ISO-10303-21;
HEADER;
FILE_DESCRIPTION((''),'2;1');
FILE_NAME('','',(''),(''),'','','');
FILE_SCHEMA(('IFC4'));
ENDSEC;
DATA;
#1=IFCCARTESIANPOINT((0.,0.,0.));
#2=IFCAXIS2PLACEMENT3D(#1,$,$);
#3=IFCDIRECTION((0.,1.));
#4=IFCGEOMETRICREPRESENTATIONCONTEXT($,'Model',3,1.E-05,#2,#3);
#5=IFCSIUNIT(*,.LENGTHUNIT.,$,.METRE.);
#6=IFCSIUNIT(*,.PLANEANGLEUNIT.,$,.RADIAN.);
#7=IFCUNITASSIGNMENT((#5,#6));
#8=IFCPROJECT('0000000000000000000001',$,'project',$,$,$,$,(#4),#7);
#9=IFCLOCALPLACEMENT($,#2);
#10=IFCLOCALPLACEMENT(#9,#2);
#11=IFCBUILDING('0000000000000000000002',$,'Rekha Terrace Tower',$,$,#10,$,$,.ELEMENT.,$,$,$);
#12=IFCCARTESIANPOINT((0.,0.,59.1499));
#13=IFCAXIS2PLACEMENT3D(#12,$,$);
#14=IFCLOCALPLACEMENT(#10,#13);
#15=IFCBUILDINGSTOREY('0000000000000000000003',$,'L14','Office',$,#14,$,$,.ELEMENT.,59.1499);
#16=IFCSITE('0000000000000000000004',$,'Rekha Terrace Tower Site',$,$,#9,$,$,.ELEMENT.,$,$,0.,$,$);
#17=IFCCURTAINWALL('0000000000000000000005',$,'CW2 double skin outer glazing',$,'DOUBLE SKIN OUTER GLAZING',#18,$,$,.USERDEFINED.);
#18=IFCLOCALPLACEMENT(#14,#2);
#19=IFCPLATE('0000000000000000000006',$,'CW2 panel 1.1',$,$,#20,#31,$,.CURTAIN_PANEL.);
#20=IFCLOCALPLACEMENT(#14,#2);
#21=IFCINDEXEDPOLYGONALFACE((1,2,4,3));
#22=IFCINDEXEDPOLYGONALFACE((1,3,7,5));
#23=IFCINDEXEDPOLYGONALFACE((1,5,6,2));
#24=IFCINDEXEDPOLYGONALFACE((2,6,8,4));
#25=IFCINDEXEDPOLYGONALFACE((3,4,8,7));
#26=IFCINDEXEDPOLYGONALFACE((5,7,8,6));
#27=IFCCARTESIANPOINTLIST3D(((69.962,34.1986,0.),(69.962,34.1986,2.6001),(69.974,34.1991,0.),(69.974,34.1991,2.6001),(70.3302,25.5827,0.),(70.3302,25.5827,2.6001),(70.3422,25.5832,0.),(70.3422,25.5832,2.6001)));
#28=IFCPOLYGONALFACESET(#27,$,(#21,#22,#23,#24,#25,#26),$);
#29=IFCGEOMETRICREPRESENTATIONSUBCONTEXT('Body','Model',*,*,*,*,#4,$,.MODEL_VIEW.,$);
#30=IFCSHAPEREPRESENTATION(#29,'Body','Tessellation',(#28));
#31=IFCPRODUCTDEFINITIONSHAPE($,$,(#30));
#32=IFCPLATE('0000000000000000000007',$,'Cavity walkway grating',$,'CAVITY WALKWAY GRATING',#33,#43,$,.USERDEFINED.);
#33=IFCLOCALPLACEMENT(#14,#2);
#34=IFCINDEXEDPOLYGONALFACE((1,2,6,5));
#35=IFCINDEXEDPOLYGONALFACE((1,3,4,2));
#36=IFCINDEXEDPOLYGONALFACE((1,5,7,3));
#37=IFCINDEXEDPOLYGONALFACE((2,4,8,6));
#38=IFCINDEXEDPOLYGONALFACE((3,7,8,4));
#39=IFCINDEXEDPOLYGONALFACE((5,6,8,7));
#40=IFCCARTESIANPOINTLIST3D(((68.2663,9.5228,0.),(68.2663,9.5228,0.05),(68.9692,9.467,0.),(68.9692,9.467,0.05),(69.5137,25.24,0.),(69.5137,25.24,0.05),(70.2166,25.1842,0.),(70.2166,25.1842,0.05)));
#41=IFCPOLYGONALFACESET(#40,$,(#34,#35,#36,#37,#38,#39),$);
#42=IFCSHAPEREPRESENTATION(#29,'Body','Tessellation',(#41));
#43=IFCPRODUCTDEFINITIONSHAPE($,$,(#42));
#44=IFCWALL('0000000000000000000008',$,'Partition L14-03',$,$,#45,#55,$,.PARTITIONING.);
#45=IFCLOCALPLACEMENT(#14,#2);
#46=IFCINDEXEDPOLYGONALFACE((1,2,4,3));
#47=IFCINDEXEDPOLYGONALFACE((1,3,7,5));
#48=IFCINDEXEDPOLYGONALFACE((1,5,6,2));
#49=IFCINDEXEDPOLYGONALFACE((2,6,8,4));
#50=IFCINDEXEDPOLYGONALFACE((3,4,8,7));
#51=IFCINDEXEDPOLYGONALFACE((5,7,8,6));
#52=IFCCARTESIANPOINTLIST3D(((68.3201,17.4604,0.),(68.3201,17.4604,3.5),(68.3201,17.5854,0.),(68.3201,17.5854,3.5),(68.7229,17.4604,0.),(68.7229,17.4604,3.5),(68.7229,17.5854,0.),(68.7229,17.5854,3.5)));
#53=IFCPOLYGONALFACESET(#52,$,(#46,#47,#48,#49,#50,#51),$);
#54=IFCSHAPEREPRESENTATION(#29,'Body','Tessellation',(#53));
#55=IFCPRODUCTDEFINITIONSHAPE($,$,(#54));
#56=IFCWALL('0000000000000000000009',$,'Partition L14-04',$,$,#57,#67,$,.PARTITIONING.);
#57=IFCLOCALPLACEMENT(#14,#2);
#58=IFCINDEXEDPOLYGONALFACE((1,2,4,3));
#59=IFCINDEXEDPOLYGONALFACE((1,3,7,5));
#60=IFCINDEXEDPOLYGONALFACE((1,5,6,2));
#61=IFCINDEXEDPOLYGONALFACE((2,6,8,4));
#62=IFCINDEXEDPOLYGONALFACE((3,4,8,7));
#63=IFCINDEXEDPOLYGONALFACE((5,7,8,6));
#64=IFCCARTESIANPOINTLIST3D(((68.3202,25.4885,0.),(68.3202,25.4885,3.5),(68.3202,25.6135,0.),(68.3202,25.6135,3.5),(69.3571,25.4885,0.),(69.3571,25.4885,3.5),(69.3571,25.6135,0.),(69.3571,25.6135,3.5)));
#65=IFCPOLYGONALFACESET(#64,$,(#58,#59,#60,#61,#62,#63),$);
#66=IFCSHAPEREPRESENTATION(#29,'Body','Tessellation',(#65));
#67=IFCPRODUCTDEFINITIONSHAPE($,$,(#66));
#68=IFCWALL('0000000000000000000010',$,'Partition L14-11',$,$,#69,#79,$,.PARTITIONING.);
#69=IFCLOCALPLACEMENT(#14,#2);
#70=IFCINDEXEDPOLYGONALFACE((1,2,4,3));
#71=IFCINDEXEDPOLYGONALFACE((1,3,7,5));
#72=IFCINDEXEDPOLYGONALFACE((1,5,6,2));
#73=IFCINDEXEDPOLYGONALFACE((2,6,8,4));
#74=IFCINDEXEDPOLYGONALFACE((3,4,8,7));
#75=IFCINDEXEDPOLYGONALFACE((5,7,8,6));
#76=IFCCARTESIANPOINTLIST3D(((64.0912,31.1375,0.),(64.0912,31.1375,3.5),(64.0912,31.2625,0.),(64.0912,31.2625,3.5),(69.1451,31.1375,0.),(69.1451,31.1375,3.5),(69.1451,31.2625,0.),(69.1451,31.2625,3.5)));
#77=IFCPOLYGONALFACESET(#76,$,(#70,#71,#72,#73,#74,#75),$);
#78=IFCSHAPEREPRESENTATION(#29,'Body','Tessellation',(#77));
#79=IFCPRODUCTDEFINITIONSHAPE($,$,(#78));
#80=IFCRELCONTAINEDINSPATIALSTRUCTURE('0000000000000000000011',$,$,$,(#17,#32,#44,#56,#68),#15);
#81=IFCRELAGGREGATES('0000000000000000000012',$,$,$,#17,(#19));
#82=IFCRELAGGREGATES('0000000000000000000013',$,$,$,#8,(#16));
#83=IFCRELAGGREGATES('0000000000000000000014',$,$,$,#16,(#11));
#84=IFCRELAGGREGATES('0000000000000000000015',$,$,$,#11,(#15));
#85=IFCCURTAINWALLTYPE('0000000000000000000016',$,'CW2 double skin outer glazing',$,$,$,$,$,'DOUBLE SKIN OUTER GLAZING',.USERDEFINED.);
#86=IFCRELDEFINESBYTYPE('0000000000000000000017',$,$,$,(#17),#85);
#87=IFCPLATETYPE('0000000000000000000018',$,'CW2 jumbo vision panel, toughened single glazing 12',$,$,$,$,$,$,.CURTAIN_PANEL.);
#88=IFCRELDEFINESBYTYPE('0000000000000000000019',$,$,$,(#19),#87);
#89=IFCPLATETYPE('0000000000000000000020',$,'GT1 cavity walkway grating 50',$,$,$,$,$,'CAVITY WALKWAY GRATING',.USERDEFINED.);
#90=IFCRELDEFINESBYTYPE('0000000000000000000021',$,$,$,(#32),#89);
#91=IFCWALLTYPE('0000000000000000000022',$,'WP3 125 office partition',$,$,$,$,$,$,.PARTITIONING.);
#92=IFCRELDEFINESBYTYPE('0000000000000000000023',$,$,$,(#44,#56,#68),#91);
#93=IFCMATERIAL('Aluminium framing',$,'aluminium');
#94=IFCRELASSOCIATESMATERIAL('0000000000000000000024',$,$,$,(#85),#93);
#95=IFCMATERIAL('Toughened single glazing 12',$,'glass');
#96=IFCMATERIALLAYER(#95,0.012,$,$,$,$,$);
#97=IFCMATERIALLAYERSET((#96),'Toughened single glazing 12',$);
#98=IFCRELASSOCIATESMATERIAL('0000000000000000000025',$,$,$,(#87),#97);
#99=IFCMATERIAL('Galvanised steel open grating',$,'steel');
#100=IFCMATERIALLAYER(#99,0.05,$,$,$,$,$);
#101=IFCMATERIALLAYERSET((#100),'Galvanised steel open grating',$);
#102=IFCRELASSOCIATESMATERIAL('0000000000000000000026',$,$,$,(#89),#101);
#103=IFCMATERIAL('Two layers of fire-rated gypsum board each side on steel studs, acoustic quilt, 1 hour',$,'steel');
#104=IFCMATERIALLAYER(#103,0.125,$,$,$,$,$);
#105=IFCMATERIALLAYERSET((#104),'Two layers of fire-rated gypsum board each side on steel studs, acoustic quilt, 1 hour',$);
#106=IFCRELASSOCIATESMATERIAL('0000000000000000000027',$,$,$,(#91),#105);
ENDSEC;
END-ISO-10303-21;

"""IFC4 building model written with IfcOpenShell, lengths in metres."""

from ifc_helpers import new_model, si_unit, direction, frame, frame_2d, origin, origin_2d, place, context, subcontext, project, spatial, rectangle, extrude, material, layer, layer_set, type_object, element, aggregate, save


model = new_model("IFC4")

# Units and contexts
model_context = context("Model", 3, precision=1e-05, world=origin(), true_north=direction((0.0, 1.0)))
body_context = subcontext(model_context, "Body", "Model", "MODEL_VIEW")
ifc_project = project(units=[si_unit("LENGTHUNIT", "METRE"), si_unit("PLANEANGLEUNIT", "RADIAN")], contexts=[model_context])

# Site, building, storey
site_placement = place(None, origin())
site = spatial("IfcSite", under=ifc_project, at=site_placement, Name="Rekha Terrace Tower Site", CompositionType="ELEMENT", RefElevation=0.0)
building_placement = place(site_placement, origin())
building = spatial("IfcBuilding", under=site, at=building_placement, Name="Rekha Terrace Tower", CompositionType="ELEMENT")
storey_placement = place(building_placement, frame((0.0, 0.0, 59.1499)))
storey = spatial("IfcBuildingStorey", under=building, at=storey_placement, Name="L14", Description="Office", CompositionType="ELEMENT", Elevation=59.1499)

# Shared definitions
ifc_material_1 = material(Name="Aluminium framing", Category="aluminium")

# Curtain wall
curtain_wall_type_1 = type_object("IfcCurtainWallType", Name="CW2 double skin outer glazing", ElementType="DOUBLE SKIN OUTER GLAZING", PredefinedType="USERDEFINED", material=ifc_material_1)
curtain_wall_1_placement = place(storey_placement, origin())
curtain_wall_1 = element("IfcCurtainWall", 1, at=curtain_wall_1_placement, inside=storey, type_object=curtain_wall_type_1, Name="CW2 double skin outer glazing", ObjectType="DOUBLE SKIN OUTER GLAZING", PredefinedType="USERDEFINED")

# Shared definitions
ifc_material_2 = material(Name="Toughened single glazing 12", Category="glass")
ifc_layer_1 = layer(ifc_material_2, 0.012)
ifc_layer_set_1 = layer_set([ifc_layer_1], Name="Toughened single glazing 12")
plate_type_1 = type_object("IfcPlateType", Name="CW2 jumbo vision panel, toughened single glazing 12", PredefinedType="CURTAIN_PANEL", material=ifc_layer_set_1)

# Plates
plate_1_placement = place(storey_placement, frame((70.1521, 29.8909, 0.0), z_axis=(0.0, 0.0, 1.0), x_axis=(-0.042696, 0.999088, 0.0)))
plate_1 = element("IfcPlate", 2, at=plate_1_placement, type_object=plate_type_1, Name="CW2 panel 1.1", PredefinedType="CURTAIN_PANEL", context=body_context, shape_type="SweptSolid", body=[
    extrude(rectangle(XDim=8.6238, YDim=0.012, at=origin_2d()), origin(), (0.0, 0.0, 1.0), 2.6001),
])
aggregate(curtain_wall_1, [plate_1])
ifc_material_3 = material(Name="Galvanised steel open grating", Category="steel")
ifc_layer_2 = layer(ifc_material_3, 0.05)
ifc_layer_set_2 = layer_set([ifc_layer_2], Name="Galvanised steel open grating")
plate_type_2 = type_object("IfcPlateType", Name="GT1 cavity walkway grating 50", ElementType="CAVITY WALKWAY GRATING", PredefinedType="USERDEFINED", material=ifc_layer_set_2)
plate_2_placement = place(storey_placement, frame((69.2415, 17.3535, 0.0), z_axis=(0.0, 0.0, 1.0), x_axis=(0.079116, 0.996865, 0.0)))
element("IfcPlate", 3, at=plate_2_placement, inside=storey, type_object=plate_type_2, Name="Cavity walkway grating", ObjectType="CAVITY WALKWAY GRATING", PredefinedType="USERDEFINED", context=body_context, shape_type="SweptSolid", body=[
    extrude(rectangle(XDim=15.7666, YDim=0.7051, at=origin_2d()), origin(), (0.0, 0.0, 1.0), 0.05),
])

# Walls
ifc_material_4 = material(Name="Two layers of fire-rated gypsum board each side on steel studs, acoustic quilt, 1 hour", Category="steel")
ifc_layer_3 = layer(ifc_material_4, 0.125)
ifc_layer_set_3 = layer_set([ifc_layer_3], Name="Two layers of fire-rated gypsum board each side on steel studs, acoustic quilt, 1 hour")
wall_type = type_object("IfcWallType", Name="WP3 125 office partition", PredefinedType="PARTITIONING", material=ifc_layer_set_3)
wall_1_placement = place(storey_placement, frame((68.3201, 17.5229, 0.0), z_axis=(0.0, 0.0, 1.0), x_axis=(1.0, 0.0, 0.0)))
element("IfcWall", 4, at=wall_1_placement, inside=storey, type_object=wall_type, Name="Partition L14-03", PredefinedType="PARTITIONING", context=body_context, shape_type="SweptSolid", body=[
    extrude(rectangle(XDim=0.4028, YDim=0.125, at=frame_2d((0.2014, 0.0))), origin(), (0.0, 0.0, 1.0), 3.5),
])
wall_2_placement = place(storey_placement, frame((68.3201, 25.551, 0.0), z_axis=(0.0, 0.0, 1.0), x_axis=(1.0, 0.0, 0.0)))
element("IfcWall", 5, at=wall_2_placement, inside=storey, type_object=wall_type, Name="Partition L14-04", PredefinedType="PARTITIONING", context=body_context, shape_type="SweptSolid", body=[
    extrude(rectangle(XDim=1.0369, YDim=0.125, at=frame_2d((0.5186, 0.0))), origin(), (0.0, 0.0, 1.0), 3.5),
])
wall_3_placement = place(storey_placement, frame((69.145, 31.2, 0.0), z_axis=(0.0, 0.0, 1.0), x_axis=(-1.0, 0.0, 0.0)))
element("IfcWall", 6, at=wall_3_placement, inside=storey, type_object=wall_type, Name="Partition L14-11", PredefinedType="PARTITIONING", context=body_context, shape_type="SweptSolid", body=[
    extrude(rectangle(XDim=5.054, YDim=0.125, at=frame_2d((2.5269, 0.0))), origin(), (0.0, 0.0, 1.0), 3.5),
])

save(model, "model.ifc")
